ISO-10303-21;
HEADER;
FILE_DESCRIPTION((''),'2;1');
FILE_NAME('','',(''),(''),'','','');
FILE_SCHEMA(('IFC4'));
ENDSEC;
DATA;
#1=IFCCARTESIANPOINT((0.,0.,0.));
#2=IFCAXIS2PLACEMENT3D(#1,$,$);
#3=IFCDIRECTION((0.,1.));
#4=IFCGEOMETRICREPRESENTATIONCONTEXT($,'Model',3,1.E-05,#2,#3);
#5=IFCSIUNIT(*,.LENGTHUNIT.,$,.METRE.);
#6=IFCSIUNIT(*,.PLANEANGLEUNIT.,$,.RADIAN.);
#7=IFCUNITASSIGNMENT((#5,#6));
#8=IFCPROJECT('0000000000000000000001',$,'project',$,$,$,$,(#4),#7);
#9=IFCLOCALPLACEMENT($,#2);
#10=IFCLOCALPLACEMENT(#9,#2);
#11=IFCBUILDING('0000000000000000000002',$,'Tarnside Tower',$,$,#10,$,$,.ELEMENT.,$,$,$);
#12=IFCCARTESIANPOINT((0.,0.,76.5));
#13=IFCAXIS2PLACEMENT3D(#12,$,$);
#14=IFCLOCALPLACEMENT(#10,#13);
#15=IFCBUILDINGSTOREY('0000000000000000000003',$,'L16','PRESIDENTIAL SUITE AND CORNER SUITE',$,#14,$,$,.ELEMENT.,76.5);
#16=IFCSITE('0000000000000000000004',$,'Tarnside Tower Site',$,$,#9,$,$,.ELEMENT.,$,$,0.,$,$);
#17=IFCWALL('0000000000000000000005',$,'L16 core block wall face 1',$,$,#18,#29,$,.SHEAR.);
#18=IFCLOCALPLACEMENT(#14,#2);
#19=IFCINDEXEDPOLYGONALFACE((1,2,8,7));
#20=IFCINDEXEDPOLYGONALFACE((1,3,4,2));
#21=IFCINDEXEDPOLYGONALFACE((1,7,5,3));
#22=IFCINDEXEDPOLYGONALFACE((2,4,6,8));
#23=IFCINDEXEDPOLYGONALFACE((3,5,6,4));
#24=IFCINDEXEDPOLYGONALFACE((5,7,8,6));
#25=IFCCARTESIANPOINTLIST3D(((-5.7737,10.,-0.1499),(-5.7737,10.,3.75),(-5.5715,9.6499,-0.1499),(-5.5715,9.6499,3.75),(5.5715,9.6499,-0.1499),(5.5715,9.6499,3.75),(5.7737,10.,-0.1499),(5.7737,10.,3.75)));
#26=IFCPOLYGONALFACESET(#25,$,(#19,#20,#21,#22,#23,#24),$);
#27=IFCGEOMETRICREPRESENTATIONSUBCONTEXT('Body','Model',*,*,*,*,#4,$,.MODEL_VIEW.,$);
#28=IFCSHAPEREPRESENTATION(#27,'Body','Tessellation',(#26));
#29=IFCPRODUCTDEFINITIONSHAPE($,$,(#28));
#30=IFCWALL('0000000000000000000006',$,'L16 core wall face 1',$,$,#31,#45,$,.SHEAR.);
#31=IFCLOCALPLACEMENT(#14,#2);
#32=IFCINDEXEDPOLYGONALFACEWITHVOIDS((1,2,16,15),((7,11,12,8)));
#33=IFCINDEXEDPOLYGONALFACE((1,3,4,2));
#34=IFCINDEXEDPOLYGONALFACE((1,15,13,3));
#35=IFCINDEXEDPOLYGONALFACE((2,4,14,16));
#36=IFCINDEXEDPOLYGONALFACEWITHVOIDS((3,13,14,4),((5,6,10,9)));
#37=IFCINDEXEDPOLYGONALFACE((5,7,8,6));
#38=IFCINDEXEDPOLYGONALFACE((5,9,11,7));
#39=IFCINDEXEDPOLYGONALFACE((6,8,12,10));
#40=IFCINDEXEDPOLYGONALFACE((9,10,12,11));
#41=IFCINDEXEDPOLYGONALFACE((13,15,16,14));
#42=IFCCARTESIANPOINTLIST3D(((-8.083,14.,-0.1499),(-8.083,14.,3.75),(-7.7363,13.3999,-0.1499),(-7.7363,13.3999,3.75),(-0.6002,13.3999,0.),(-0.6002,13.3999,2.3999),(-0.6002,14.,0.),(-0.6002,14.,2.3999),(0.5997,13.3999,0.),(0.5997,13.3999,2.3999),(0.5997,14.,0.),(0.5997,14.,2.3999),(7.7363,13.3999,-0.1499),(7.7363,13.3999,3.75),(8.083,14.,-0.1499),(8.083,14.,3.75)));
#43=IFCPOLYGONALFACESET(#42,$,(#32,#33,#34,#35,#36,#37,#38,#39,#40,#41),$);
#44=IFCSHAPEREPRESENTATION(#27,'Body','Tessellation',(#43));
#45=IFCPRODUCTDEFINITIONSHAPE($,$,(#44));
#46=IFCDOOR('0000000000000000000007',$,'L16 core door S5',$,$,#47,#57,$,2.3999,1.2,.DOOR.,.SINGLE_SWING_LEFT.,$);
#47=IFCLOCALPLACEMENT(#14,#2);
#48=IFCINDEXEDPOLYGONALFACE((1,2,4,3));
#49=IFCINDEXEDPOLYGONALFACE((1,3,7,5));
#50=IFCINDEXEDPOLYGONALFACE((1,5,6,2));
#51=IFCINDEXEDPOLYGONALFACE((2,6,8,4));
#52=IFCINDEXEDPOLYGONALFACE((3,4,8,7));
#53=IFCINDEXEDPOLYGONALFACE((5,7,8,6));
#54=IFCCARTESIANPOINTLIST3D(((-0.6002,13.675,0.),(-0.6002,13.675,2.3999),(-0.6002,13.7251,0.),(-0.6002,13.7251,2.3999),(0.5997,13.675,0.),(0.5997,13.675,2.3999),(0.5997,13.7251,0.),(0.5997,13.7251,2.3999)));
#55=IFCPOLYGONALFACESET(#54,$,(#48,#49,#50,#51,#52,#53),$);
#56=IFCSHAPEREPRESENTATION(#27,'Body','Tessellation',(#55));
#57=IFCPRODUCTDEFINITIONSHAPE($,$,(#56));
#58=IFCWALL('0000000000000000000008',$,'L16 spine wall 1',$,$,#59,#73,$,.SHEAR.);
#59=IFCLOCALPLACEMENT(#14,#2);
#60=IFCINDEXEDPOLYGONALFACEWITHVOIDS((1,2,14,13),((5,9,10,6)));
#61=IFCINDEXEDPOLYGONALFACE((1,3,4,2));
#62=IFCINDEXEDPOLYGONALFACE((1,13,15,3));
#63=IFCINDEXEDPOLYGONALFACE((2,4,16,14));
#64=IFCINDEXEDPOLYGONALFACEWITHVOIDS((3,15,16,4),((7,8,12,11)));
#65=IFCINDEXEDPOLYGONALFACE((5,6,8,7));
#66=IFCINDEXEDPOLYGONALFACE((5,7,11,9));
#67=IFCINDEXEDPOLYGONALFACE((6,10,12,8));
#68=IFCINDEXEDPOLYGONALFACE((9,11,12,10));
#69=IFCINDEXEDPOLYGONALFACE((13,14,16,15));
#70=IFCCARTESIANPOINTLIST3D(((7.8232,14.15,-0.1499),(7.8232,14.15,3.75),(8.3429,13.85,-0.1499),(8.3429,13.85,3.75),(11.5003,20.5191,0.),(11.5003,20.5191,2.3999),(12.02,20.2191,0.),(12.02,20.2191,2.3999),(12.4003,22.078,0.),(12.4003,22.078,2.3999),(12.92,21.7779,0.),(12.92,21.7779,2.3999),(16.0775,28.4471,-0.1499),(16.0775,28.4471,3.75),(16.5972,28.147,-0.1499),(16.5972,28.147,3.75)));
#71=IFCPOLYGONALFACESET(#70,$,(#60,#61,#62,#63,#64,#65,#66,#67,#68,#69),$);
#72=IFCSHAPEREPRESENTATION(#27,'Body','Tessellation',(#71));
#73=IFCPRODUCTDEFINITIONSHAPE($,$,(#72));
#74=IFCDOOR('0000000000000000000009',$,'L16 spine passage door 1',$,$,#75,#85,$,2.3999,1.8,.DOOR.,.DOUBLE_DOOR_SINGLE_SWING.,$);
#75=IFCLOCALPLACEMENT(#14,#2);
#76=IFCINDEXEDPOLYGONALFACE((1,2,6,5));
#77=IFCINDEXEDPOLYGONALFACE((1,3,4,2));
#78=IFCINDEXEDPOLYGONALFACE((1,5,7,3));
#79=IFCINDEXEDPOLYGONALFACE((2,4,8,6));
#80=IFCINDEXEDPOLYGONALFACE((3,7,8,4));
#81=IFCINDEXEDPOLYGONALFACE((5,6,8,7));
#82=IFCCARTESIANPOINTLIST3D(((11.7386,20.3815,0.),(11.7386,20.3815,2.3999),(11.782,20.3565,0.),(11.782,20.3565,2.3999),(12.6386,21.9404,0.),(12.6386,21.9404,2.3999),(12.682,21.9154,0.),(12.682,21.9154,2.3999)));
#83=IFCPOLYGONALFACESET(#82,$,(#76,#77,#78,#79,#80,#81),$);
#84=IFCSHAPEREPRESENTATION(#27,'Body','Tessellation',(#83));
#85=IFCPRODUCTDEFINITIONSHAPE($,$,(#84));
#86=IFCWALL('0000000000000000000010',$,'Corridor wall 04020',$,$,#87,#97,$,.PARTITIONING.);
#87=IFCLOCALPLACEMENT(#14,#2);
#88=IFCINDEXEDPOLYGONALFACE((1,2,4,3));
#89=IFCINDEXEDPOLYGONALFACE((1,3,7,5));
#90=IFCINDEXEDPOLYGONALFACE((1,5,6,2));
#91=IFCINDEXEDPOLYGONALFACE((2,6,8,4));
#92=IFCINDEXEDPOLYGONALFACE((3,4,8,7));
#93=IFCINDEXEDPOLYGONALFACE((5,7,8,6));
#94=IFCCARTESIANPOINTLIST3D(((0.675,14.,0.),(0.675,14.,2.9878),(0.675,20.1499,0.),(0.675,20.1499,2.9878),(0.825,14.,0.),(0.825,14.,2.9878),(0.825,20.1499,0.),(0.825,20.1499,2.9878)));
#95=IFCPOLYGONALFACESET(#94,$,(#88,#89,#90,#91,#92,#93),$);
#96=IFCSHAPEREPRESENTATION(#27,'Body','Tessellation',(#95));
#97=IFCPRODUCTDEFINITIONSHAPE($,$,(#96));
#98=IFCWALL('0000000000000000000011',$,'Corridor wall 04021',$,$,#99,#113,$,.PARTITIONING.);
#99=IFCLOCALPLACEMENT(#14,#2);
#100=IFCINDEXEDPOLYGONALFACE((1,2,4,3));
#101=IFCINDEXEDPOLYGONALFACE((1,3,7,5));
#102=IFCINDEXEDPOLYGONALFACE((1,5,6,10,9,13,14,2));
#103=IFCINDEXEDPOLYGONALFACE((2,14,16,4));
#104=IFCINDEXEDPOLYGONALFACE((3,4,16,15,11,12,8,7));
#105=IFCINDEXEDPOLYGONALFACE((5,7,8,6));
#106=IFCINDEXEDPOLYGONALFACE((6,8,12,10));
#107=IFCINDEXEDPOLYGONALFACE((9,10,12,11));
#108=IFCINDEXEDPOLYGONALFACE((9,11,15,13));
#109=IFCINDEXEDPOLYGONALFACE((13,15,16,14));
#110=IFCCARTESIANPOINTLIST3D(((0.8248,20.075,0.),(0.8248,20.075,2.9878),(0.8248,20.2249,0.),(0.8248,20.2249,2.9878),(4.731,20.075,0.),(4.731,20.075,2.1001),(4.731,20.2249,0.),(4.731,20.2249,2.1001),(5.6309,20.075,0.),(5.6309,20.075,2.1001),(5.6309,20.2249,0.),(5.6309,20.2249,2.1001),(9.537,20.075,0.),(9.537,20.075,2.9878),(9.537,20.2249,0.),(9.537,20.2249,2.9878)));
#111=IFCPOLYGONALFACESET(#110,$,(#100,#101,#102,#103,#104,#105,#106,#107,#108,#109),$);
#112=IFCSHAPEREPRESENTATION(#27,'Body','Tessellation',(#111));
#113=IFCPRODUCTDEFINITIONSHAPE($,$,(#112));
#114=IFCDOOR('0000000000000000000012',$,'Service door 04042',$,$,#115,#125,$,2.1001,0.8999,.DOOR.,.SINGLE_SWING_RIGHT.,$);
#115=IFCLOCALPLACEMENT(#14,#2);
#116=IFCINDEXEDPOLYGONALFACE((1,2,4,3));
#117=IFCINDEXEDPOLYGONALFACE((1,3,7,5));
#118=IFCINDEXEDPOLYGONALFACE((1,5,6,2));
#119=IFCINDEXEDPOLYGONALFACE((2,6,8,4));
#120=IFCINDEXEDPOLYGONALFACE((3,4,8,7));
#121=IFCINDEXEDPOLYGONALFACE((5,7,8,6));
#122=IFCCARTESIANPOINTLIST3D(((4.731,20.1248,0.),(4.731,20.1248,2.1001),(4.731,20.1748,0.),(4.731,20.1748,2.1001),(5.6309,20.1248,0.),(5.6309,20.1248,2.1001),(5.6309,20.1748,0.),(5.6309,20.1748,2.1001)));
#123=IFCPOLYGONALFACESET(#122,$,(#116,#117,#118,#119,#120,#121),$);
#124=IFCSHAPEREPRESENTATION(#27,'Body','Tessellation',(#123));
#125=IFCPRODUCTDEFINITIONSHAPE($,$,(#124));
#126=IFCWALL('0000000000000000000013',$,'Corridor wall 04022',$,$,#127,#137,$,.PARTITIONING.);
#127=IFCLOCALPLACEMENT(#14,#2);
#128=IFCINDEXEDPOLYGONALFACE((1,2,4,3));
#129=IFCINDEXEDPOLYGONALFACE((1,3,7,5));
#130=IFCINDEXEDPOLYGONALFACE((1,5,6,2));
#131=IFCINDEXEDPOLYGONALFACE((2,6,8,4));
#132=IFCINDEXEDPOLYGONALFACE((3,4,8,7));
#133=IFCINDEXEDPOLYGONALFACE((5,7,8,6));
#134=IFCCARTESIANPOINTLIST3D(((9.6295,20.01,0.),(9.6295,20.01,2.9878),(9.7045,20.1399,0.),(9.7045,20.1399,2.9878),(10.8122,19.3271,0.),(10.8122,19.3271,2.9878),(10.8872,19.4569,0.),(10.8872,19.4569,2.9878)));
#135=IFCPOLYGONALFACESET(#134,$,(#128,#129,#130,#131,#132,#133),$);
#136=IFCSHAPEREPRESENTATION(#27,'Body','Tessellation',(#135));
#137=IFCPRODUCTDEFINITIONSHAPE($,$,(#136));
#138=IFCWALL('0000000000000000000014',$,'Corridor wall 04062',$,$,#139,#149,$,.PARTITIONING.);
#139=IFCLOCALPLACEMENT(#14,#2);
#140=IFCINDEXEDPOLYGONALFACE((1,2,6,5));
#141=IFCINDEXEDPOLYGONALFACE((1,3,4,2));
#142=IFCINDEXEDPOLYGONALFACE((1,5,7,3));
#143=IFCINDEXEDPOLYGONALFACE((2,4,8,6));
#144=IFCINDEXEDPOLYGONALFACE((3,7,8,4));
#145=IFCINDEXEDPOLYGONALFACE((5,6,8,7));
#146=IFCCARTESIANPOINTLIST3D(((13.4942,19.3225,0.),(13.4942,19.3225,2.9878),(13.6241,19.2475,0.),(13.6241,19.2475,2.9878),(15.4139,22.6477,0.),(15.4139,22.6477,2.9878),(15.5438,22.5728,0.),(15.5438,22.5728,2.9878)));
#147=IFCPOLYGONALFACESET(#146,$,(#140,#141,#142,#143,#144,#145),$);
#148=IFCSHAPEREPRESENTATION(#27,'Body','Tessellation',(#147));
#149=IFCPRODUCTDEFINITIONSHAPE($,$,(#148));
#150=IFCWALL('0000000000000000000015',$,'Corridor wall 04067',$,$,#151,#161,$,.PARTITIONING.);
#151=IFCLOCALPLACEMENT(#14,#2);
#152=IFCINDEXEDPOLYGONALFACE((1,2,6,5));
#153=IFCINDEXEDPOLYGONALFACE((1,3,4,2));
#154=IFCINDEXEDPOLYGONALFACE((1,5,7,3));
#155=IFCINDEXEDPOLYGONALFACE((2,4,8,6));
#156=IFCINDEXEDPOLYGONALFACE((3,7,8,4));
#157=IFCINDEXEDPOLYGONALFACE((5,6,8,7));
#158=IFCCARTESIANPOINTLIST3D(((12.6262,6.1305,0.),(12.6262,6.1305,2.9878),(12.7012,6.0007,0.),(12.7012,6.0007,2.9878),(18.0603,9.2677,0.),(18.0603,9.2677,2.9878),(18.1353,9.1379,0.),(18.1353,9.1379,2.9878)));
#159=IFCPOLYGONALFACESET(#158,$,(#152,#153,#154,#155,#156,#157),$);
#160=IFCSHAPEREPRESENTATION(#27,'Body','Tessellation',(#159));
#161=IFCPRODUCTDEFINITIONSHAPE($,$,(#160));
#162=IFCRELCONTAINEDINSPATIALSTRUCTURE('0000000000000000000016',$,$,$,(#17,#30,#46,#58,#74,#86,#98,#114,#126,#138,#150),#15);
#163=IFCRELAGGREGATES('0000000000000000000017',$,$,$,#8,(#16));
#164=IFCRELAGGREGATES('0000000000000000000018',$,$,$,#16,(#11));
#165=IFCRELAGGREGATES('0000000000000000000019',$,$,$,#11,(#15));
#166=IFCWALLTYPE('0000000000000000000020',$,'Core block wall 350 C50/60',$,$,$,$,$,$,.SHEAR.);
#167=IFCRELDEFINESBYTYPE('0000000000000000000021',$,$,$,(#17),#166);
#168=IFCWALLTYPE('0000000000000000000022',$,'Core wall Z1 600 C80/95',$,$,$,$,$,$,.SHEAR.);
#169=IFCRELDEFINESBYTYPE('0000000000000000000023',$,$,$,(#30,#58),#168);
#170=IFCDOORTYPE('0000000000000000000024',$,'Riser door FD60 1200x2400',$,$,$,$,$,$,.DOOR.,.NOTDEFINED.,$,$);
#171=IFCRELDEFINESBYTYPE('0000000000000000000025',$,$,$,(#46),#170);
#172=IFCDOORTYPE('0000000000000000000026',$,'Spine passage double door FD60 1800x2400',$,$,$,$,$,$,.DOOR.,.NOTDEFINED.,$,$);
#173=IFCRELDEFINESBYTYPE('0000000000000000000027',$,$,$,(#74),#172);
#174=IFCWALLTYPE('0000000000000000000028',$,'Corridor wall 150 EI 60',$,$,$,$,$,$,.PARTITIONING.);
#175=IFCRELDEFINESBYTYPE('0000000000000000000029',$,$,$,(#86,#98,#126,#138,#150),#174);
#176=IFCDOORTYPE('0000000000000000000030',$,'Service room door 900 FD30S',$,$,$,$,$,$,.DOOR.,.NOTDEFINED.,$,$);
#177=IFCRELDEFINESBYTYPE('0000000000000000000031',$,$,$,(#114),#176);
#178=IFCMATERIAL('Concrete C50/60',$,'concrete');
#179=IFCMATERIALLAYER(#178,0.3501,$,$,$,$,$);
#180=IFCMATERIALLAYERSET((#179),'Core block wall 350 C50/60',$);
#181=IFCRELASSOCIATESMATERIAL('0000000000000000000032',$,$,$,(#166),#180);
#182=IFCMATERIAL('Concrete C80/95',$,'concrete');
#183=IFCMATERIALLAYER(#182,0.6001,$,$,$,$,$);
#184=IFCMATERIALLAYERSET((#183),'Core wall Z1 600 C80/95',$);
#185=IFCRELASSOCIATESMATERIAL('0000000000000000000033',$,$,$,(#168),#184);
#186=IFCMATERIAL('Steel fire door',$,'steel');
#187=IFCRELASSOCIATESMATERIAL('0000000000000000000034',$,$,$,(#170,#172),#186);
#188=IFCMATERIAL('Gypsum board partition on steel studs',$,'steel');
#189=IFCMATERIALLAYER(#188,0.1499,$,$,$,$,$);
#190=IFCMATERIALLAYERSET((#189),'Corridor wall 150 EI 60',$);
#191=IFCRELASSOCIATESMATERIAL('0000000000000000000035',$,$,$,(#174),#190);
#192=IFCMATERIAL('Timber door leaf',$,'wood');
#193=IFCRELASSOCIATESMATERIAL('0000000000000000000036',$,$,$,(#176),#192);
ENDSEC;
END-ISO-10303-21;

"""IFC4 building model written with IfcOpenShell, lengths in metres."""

from ifc_helpers import new_model, si_unit, direction, frame, frame_2d, origin, place, context, subcontext, project, spatial, polyline, rectangle, outline, extrude, material, layer, layer_set, type_object, element, fill, save


model = new_model("IFC4")

# Units and contexts
model_context = context("Model", 3, precision=1e-05, world=origin(), true_north=direction((0.0, 1.0)))
body_context = subcontext(model_context, "Body", "Model", "MODEL_VIEW")
ifc_project = project(units=[si_unit("LENGTHUNIT", "METRE"), si_unit("PLANEANGLEUNIT", "RADIAN")], contexts=[model_context])

# Site, building, storey
site_placement = place(None, origin())
site = spatial("IfcSite", under=ifc_project, at=site_placement, Name="Tarnside Tower Site", CompositionType="ELEMENT", RefElevation=0.0)
building_placement = place(site_placement, origin())
building = spatial("IfcBuilding", under=site, at=building_placement, Name="Tarnside Tower", CompositionType="ELEMENT")
storey_placement = place(building_placement, frame((0.0, 0.0, 76.5)))
storey = spatial("IfcBuildingStorey", under=building, at=storey_placement, Name="L16", Description="PRESIDENTIAL SUITE AND CORNER SUITE", CompositionType="ELEMENT", Elevation=76.5)

# Wall
ifc_material_1 = material(Name="Concrete C50/60", Category="concrete")
ifc_layer_1 = layer(ifc_material_1, 0.3501)
ifc_layer_set_1 = layer_set([ifc_layer_1], Name="Core block wall 350 C50/60")
wall_type_1 = type_object("IfcWallType", Name="Core block wall 350 C50/60", PredefinedType="SHEAR", material=ifc_layer_set_1)
wall_1_placement = place(storey_placement, frame((5.6726, 9.825, -0.1499), z_axis=(0.0, 0.0, 1.0), x_axis=(-1.0, 0.0, 0.0)))
element("IfcWall", 1, at=wall_1_placement, inside=storey, type_object=wall_type_1, Name="L16 core block wall face 1", PredefinedType="SHEAR", context=body_context, shape_type="SweptSolid", body=[
    extrude(outline(polyline([(-0.1011, -0.175), (11.4463, -0.175), (11.2441, 0.175), (0.1011, 0.175), (-0.1011, -0.175)])), origin(), (0.0, 0.0, 1.0), 3.8999),
])

# Walls, openings, doors
ifc_material_2 = material(Name="Concrete C80/95", Category="concrete")
ifc_layer_2 = layer(ifc_material_2, 0.6001)
ifc_layer_set_2 = layer_set([ifc_layer_2], Name="Core wall Z1 600 C80/95")
wall_type_2 = type_object("IfcWallType", Name="Core wall Z1 600 C80/95", PredefinedType="SHEAR", material=ifc_layer_set_2)
wall_2_placement = place(storey_placement, frame((7.9097, 13.7, -0.1499), z_axis=(0.0, 0.0, 1.0), x_axis=(-1.0, 0.0, 0.0)))
wall_2 = element("IfcWall", 2, at=wall_2_placement, inside=storey, type_object=wall_type_2, Name="L16 core wall face 1", PredefinedType="SHEAR", context=body_context, shape_type="SweptSolid", body=[
    extrude(outline(polyline([(-0.1733, -0.3), (15.9927, -0.3), (15.646, 0.3), (0.1733, 0.3), (-0.1733, -0.3)])), origin(), (0.0, 0.0, 1.0), 3.8999),
])
opening_1_placement = place(wall_2_placement, frame((7.3098, 0.0, 0.1499)))
opening_1 = element("IfcOpeningElement", 3, at=opening_1_placement, cuts=wall_2, PredefinedType="OPENING", context=body_context, shape_type="SweptSolid", body=[
    extrude(rectangle(XDim=1.2, YDim=2.3999, at=frame_2d((0.6001, 1.2))), frame((0.0, 0.3101, 0.0), z_axis=(0.0, -1.0, 0.0), x_axis=(1.0, 0.0, 0.0)), (0.0, 0.0, 1.0), 0.6201),
])
ifc_material_3 = material(Name="Steel fire door", Category="steel")
door_type_1 = type_object("IfcDoorType", Name="Riser door FD60 1200x2400", OperationType="NOTDEFINED", PredefinedType="DOOR", material=ifc_material_3)
door_1_placement = place(opening_1_placement, origin())
door_1 = element("IfcDoor", 4, at=door_1_placement, inside=storey, type_object=door_type_1, Name="L16 core door S5", OperationType="SINGLE_SWING_LEFT", OverallHeight=2.3999, OverallWidth=1.2, PredefinedType="DOOR", context=body_context, shape_type="SweptSolid", body=[
    extrude(rectangle(XDim=1.2, YDim=2.3999, at=frame_2d((0.6001, 1.2))), frame((0.0, 0.0249, 0.0), z_axis=(0.0, -1.0, 0.0), x_axis=(1.0, 0.0, 0.0)), (0.0, 0.0, 1.0), 0.05),
])
fill(opening_1, door_1)
wall_3_placement = place(storey_placement, frame((8.083, 14.0, -0.1499), z_axis=(0.0, 0.0, 1.0), x_axis=(0.499998, 0.866027, 0.0)))
wall_3 = element("IfcWall", 5, at=wall_3_placement, inside=storey, type_object=wall_type_2, Name="L16 spine wall 1", PredefinedType="SHEAR", context=body_context, shape_type="SweptSolid", body=[
    extrude(rectangle(XDim=16.5088, YDim=0.6001, at=frame_2d((8.2544, 0.0))), origin(), (0.0, 0.0, 1.0), 3.8999),
])
opening_2_placement = place(wall_3_placement, frame((7.3545, 0.0, 0.1499)))
opening_2 = element("IfcOpeningElement", 6, at=opening_2_placement, cuts=wall_3, PredefinedType="OPENING", context=body_context, shape_type="SweptSolid", body=[
    extrude(rectangle(XDim=1.8, YDim=2.3999, at=frame_2d((0.8999, 1.2))), frame((0.0, 0.3101, 0.0), z_axis=(0.0, -1.0, 0.0), x_axis=(1.0, 0.0, 0.0)), (0.0, 0.0, 1.0), 0.6201),
])
door_type_2 = type_object("IfcDoorType", Name="Spine passage double door FD60 1800x2400", OperationType="NOTDEFINED", PredefinedType="DOOR", material=ifc_material_3)
door_2_placement = place(opening_2_placement, origin())
door_2 = element("IfcDoor", 7, at=door_2_placement, inside=storey, type_object=door_type_2, Name="L16 spine passage door 1", OperationType="DOUBLE_DOOR_SINGLE_SWING", OverallHeight=2.3999, OverallWidth=1.8, PredefinedType="DOOR", context=body_context, shape_type="SweptSolid", body=[
    extrude(rectangle(XDim=1.8, YDim=2.3999, at=frame_2d((0.8999, 1.2))), frame((0.0, 0.0249, 0.0), z_axis=(0.0, -1.0, 0.0), x_axis=(1.0, 0.0, 0.0)), (0.0, 0.0, 1.0), 0.05),
])
fill(opening_2, door_2)

# Wall
ifc_material_4 = material(Name="Gypsum board partition on steel studs", Category="steel")
ifc_layer_3 = layer(ifc_material_4, 0.1499)
ifc_layer_set_3 = layer_set([ifc_layer_3], Name="Corridor wall 150 EI 60")
wall_type_3 = type_object("IfcWallType", Name="Corridor wall 150 EI 60", PredefinedType="PARTITIONING", material=ifc_layer_set_3)
wall_4_placement = place(storey_placement, frame((0.75, 14.0, 0.0), z_axis=(0.0, 0.0, 1.0), x_axis=(0.0, 1.0, 0.0)))
element("IfcWall", 8, at=wall_4_placement, inside=storey, type_object=wall_type_3, Name="Corridor wall 04020", PredefinedType="PARTITIONING", context=body_context, shape_type="SweptSolid", body=[
    extrude(rectangle(XDim=6.1499, YDim=0.1499, at=frame_2d((3.075, 0.0))), origin(), (0.0, 0.0, 1.0), 2.9878),
])

# Wall, opening, door
wall_5_placement = place(storey_placement, frame((0.825, 20.1499, 0.0), z_axis=(0.0, 0.0, 1.0), x_axis=(1.0, 0.0, 0.0)))
wall_5 = element("IfcWall", 9, at=wall_5_placement, inside=storey, type_object=wall_type_3, Name="Corridor wall 04021", PredefinedType="PARTITIONING", context=body_context, shape_type="SweptSolid", body=[
    extrude(rectangle(XDim=8.7122, YDim=0.1499, at=frame_2d((4.356, 0.0))), origin(), (0.0, 0.0, 1.0), 2.9878),
])
opening_3_placement = place(wall_5_placement, frame((3.906, 0.0, 0.0)))
opening_3 = element("IfcOpeningElement", 10, at=opening_3_placement, cuts=wall_5, PredefinedType="OPENING", context=body_context, shape_type="SweptSolid", body=[
    extrude(rectangle(XDim=0.8999, YDim=2.1001, at=frame_2d((0.45, 1.05))), frame((0.0, 0.085, 0.0), z_axis=(0.0, -1.0, 0.0), x_axis=(1.0, 0.0, 0.0)), (0.0, 0.0, 1.0), 0.1699),
])
ifc_material_5 = material(Name="Timber door leaf", Category="wood")
door_type_3 = type_object("IfcDoorType", Name="Service room door 900 FD30S", OperationType="NOTDEFINED", PredefinedType="DOOR", material=ifc_material_5)
door_3_placement = place(opening_3_placement, origin())
door_3 = element("IfcDoor", 11, at=door_3_placement, inside=storey, type_object=door_type_3, Name="Service door 04042", OperationType="SINGLE_SWING_RIGHT", OverallHeight=2.1001, OverallWidth=0.8999, PredefinedType="DOOR", context=body_context, shape_type="SweptSolid", body=[
    extrude(rectangle(XDim=0.8999, YDim=2.1001, at=frame_2d((0.45, 1.05))), frame((0.0, 0.0249, 0.0), z_axis=(0.0, -1.0, 0.0), x_axis=(1.0, 0.0, 0.0)), (0.0, 0.0, 1.0), 0.05),
])
fill(opening_3, door_3)

# Walls
wall_6_placement = place(storey_placement, frame((9.667, 20.075, 0.0), z_axis=(0.0, 0.0, 1.0), x_axis=(0.866001, -0.500042, 0.0)))
element("IfcWall", 12, at=wall_6_placement, inside=storey, type_object=wall_type_3, Name="Corridor wall 04022", PredefinedType="PARTITIONING", context=body_context, shape_type="SweptSolid", body=[
    extrude(rectangle(XDim=1.3657, YDim=0.1499, at=frame_2d((0.6829, 0.0))), origin(), (0.0, 0.0, 1.0), 2.9878),
])
wall_7_placement = place(storey_placement, frame((13.5591, 19.2849, 0.0), z_axis=(0.0, 0.0, 1.0), x_axis=(0.499976, 0.866039, 0.0)))
element("IfcWall", 13, at=wall_7_placement, inside=storey, type_object=wall_type_3, Name="Corridor wall 04062", PredefinedType="PARTITIONING", context=body_context, shape_type="SweptSolid", body=[
    extrude(rectangle(XDim=3.8396, YDim=0.1499, at=frame_2d((1.9199, 0.0))), origin(), (0.0, 0.0, 1.0), 2.9878),
])
wall_8_placement = place(storey_placement, frame((12.6638, 6.0657, 0.0), z_axis=(0.0, 0.0, 1.0), x_axis=(0.866037, 0.499981, 0.0)))
element("IfcWall", 14, at=wall_8_placement, inside=storey, type_object=wall_type_3, Name="Corridor wall 04067", PredefinedType="PARTITIONING", context=body_context, shape_type="SweptSolid", body=[
    extrude(rectangle(XDim=6.2747, YDim=0.1499, at=frame_2d((3.1372, 0.0))), origin(), (0.0, 0.0, 1.0), 2.9878),
])

save(model, "model.ifc")
